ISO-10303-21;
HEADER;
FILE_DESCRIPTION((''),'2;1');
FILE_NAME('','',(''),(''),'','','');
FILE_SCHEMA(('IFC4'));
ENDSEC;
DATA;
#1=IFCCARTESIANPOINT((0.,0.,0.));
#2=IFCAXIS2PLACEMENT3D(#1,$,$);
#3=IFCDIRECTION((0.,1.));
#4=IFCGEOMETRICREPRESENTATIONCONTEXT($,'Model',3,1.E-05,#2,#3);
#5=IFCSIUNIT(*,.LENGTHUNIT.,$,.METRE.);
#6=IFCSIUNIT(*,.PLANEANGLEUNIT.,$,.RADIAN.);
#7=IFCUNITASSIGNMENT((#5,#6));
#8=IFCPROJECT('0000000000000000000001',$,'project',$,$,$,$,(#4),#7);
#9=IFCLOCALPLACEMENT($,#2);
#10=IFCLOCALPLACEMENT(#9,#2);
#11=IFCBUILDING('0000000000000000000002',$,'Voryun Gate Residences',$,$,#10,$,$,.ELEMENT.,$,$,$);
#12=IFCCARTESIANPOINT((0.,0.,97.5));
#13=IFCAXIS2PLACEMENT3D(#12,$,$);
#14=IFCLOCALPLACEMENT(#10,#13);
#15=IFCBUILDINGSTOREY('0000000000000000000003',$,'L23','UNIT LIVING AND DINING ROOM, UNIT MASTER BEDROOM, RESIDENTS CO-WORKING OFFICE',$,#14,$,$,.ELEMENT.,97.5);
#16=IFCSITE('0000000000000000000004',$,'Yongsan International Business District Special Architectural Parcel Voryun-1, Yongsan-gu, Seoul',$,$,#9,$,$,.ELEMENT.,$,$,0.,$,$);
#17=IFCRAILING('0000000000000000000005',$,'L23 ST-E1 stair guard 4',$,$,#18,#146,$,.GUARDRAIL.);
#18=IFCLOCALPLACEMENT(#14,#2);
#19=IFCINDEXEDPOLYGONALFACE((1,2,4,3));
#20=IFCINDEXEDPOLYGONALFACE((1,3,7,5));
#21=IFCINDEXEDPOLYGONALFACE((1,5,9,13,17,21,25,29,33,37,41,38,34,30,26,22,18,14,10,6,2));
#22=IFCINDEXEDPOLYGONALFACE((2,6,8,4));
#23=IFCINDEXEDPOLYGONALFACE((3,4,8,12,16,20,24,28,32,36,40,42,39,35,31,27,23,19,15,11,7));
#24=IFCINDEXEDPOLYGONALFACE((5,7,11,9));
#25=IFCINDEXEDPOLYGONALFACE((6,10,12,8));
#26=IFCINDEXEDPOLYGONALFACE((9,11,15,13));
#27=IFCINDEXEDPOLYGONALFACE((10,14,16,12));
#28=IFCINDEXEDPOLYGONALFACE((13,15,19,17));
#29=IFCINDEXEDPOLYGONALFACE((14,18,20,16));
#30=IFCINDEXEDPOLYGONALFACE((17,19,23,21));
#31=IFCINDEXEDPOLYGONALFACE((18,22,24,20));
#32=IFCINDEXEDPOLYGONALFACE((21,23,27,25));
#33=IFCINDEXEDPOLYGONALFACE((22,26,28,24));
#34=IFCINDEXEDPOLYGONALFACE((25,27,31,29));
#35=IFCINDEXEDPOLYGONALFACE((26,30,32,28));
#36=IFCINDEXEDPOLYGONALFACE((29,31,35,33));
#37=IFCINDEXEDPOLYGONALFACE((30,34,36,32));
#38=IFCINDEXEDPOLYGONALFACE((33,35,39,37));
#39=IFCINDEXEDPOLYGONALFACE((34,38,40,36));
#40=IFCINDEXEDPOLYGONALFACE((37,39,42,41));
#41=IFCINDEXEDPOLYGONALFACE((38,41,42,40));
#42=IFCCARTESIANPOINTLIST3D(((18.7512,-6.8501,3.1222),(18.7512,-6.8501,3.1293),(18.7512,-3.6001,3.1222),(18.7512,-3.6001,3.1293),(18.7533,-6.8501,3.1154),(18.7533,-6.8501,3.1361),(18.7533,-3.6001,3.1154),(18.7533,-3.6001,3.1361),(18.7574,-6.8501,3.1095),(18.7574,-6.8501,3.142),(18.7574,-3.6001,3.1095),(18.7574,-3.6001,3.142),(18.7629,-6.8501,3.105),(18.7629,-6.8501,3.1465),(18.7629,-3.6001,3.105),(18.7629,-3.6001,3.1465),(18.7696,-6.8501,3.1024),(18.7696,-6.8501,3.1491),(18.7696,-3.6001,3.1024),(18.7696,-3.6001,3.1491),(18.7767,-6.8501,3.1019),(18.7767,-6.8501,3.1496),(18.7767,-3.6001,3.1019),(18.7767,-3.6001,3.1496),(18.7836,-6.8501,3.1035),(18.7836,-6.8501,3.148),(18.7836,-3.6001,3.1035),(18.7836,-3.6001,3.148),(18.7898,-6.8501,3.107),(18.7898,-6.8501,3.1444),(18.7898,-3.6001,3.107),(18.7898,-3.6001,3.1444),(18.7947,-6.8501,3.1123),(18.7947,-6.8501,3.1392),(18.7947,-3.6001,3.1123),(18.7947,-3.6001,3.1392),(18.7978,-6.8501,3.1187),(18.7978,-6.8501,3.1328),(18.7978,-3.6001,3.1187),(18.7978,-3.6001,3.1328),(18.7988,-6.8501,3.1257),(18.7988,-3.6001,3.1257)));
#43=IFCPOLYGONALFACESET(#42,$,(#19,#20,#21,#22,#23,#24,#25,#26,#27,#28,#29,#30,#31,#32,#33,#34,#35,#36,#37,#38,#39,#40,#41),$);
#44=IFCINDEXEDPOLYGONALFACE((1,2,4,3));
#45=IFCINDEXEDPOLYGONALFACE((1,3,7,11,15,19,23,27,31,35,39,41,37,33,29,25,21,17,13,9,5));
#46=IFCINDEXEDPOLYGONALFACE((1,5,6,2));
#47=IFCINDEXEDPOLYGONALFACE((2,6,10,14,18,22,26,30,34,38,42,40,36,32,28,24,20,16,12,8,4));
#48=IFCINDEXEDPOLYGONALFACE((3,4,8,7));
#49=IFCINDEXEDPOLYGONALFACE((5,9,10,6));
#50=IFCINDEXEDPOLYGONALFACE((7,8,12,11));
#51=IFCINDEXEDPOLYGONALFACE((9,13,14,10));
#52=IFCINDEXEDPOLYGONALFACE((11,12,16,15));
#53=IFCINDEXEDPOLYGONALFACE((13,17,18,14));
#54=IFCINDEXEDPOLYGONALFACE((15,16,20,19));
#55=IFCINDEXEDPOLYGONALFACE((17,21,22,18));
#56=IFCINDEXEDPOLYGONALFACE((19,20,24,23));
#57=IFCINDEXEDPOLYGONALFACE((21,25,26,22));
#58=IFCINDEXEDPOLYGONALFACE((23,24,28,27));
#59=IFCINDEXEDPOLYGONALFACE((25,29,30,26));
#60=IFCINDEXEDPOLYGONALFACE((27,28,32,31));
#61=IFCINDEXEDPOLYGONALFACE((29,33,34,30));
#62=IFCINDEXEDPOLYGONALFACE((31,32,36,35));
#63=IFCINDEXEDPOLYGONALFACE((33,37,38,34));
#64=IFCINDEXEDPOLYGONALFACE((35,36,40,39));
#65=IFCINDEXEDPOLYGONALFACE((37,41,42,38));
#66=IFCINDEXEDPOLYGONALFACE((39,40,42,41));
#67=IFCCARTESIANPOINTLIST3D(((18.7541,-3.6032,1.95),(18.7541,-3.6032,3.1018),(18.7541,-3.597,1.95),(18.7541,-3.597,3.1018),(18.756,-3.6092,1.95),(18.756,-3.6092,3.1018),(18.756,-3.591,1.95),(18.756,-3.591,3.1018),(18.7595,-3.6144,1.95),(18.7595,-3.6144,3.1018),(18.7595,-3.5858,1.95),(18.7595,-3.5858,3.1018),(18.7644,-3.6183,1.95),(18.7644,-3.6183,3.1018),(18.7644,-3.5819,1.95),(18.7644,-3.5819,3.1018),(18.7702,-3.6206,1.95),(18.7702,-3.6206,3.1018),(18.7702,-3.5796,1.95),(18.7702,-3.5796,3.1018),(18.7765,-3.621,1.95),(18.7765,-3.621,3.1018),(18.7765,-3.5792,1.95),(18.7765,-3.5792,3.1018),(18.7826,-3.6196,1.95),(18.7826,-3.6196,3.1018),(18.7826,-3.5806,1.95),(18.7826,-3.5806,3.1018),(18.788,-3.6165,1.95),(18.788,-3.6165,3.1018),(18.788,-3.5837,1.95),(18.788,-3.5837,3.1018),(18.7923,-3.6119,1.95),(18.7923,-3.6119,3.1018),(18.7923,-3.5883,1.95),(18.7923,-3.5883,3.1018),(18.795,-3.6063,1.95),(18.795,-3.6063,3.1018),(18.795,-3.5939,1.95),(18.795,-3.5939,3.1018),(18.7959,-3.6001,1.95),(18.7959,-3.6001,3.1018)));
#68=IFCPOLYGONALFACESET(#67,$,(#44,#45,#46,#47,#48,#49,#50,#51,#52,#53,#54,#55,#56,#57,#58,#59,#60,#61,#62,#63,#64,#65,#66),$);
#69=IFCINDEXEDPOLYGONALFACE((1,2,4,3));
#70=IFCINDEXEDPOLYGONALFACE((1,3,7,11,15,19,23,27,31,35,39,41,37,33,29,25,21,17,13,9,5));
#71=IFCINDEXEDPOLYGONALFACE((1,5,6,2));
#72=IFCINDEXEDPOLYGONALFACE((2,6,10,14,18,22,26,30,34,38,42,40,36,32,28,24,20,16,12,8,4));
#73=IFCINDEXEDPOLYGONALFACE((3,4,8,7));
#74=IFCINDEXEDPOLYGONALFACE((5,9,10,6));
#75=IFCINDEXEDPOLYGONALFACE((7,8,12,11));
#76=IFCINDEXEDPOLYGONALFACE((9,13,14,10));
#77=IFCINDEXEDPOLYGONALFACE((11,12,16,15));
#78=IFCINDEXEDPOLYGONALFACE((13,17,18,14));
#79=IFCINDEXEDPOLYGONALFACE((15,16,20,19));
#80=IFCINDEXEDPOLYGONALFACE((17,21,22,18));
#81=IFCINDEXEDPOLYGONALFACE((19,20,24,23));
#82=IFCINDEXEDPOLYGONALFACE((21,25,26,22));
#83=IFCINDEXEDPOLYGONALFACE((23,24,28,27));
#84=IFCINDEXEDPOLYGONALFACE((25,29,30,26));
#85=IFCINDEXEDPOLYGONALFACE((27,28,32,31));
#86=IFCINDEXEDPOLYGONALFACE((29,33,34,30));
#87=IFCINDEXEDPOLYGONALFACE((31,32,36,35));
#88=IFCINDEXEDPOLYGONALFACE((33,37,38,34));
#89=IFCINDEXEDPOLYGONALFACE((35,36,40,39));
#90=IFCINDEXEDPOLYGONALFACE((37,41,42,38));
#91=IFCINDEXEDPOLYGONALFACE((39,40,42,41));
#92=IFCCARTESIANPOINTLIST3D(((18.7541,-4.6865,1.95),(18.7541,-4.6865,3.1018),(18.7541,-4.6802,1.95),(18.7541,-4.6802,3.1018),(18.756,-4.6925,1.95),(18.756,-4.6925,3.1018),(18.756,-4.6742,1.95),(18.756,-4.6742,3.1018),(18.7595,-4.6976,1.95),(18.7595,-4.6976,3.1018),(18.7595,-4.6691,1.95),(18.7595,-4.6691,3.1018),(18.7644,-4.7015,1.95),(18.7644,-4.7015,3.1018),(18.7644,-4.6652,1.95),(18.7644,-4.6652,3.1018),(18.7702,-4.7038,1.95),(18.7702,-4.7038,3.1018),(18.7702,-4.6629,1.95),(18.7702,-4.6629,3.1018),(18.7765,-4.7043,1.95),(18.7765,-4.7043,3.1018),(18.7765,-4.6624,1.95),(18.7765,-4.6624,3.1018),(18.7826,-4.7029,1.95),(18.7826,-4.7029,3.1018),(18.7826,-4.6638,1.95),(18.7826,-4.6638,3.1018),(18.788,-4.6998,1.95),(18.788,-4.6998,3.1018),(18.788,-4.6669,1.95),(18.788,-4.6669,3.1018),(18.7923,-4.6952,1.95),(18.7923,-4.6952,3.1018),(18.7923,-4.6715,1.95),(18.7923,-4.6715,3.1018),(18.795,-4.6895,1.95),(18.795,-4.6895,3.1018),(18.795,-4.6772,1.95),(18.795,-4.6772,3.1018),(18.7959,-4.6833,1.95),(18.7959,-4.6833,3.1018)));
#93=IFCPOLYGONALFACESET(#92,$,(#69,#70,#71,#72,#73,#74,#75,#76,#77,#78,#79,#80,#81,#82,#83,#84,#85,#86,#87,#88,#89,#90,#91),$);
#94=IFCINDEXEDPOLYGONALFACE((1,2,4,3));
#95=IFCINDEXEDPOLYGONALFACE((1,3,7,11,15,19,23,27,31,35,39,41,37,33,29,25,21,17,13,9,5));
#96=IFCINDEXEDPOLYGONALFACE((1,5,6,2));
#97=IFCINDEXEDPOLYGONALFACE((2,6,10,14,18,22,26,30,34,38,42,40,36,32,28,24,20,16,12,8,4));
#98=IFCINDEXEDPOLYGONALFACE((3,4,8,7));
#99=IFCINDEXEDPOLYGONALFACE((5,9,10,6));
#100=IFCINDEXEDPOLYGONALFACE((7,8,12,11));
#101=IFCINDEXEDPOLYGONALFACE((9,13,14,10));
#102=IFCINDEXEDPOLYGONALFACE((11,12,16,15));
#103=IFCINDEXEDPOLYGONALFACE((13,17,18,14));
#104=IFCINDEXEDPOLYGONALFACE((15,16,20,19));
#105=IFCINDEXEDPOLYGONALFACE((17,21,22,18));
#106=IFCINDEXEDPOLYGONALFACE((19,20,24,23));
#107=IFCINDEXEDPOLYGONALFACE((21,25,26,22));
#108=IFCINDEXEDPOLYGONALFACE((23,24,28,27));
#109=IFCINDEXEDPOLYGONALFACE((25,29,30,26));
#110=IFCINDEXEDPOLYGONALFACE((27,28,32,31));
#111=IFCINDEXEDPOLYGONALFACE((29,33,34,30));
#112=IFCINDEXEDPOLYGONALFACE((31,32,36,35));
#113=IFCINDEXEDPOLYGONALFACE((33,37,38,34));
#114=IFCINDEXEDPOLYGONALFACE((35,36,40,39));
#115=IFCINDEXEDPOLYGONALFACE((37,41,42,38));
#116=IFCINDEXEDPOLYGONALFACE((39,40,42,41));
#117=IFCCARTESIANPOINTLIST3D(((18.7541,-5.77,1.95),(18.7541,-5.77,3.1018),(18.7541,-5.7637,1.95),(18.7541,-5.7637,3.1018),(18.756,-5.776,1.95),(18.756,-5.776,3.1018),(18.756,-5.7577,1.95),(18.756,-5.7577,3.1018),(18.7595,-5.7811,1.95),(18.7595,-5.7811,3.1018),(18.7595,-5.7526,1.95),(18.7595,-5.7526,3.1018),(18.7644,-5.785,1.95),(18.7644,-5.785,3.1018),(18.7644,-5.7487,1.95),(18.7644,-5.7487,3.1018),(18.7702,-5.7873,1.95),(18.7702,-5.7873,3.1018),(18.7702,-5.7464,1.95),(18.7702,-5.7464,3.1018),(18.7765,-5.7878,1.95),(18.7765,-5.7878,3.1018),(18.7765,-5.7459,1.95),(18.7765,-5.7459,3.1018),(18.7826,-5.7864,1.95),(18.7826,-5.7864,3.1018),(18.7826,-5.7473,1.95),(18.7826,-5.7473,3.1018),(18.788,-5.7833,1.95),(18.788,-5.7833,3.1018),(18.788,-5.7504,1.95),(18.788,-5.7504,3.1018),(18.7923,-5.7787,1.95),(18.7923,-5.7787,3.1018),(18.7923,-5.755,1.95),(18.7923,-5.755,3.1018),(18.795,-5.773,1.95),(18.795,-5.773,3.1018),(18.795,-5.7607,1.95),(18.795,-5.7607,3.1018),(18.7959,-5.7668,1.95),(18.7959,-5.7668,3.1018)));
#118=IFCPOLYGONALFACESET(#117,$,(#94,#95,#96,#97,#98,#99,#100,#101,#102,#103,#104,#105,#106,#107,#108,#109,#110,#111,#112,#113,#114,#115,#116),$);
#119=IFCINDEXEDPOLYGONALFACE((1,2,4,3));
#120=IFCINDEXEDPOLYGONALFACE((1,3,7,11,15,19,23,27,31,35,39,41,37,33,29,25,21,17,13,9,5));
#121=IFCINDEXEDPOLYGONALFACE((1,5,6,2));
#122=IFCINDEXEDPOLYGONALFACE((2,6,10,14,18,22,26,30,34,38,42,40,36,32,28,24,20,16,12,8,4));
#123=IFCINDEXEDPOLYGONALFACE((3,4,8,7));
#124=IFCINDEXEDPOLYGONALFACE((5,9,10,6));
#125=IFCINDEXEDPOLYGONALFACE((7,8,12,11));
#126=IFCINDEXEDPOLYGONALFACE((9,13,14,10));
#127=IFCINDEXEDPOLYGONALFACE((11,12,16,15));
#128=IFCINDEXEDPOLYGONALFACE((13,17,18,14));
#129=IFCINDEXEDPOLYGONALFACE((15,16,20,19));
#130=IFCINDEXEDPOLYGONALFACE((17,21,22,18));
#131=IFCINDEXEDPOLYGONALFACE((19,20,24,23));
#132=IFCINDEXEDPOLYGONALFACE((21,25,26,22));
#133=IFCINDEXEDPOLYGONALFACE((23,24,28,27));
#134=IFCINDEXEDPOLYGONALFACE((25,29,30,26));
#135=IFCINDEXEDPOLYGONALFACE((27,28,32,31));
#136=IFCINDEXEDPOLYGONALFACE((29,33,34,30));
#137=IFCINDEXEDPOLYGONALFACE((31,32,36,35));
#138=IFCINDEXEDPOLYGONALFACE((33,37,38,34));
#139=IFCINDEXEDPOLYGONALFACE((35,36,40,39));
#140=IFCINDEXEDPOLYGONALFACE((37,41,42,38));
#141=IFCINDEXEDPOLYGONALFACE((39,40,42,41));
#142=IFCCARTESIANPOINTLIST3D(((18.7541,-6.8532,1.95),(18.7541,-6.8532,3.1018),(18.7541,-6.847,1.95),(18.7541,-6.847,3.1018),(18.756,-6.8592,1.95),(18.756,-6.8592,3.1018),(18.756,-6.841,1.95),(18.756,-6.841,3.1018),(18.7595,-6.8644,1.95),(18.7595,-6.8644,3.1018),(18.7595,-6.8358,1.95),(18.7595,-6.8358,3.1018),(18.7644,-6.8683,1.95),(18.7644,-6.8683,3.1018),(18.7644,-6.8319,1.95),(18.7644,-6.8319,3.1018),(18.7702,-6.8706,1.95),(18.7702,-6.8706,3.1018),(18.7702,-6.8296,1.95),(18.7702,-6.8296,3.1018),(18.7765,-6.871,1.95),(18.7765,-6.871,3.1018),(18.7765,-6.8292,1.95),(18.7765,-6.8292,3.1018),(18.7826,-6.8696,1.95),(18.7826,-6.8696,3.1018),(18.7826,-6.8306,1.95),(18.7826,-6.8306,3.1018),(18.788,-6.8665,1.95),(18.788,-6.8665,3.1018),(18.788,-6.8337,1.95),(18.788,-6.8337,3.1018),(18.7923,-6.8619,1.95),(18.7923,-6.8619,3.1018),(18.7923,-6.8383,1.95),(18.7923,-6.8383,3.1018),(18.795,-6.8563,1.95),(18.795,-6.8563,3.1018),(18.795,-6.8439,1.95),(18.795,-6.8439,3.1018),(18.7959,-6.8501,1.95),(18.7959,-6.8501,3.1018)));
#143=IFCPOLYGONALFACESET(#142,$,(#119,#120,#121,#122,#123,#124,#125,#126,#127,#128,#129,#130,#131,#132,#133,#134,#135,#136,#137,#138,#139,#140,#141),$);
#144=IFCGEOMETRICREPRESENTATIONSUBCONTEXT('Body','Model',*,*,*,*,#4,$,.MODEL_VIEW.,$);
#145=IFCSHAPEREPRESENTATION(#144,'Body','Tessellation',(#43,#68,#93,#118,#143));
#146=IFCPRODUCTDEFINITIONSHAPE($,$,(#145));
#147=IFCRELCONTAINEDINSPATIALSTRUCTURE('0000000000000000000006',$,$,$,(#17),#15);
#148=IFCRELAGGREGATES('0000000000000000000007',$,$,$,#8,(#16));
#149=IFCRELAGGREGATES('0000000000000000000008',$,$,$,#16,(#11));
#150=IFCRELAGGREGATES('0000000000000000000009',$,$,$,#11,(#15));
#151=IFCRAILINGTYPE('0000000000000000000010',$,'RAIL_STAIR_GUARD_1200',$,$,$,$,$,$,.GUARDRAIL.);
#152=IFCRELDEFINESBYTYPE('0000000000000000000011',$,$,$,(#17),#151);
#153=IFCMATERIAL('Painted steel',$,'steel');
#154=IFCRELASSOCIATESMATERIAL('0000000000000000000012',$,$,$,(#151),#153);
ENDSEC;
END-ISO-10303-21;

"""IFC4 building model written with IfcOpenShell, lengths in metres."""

from ifc_helpers import new_model, si_unit, direction, frame, origin, origin_2d, place, context, subcontext, project, spatial, circle, extrude, material, type_object, element, save


model = new_model("IFC4")

# Units and contexts
model_context = context("Model", 3, precision=1e-05, world=origin(), true_north=direction((0.0, 1.0)))
body_context = subcontext(model_context, "Body", "Model", "MODEL_VIEW")
ifc_project = project(units=[si_unit("LENGTHUNIT", "METRE"), si_unit("PLANEANGLEUNIT", "RADIAN")], contexts=[model_context])

# Site, building, storey
site_placement = place(None, origin())
site = spatial("IfcSite", under=ifc_project, at=site_placement, Name="Yongsan International Business District Special Architectural Parcel Voryun-1, Yongsan-gu, Seoul", CompositionType="ELEMENT", RefElevation=0.0)
building_placement = place(site_placement, origin())
building = spatial("IfcBuilding", under=site, at=building_placement, Name="Voryun Gate Residences", CompositionType="ELEMENT")
storey_placement = place(building_placement, frame((0.0, 0.0, 97.5)))
storey = spatial("IfcBuildingStorey", under=building, at=storey_placement, Name="L23", Description="UNIT LIVING AND DINING ROOM, UNIT MASTER BEDROOM, RESIDENTS CO-WORKING OFFICE", CompositionType="ELEMENT", Elevation=97.5)

# Railing
ifc_material_1 = material(Name="Painted steel", Category="steel")
railing_type_1 = type_object("IfcRailingType", Name="RAIL_STAIR_GUARD_1200", PredefinedType="GUARDRAIL", material=ifc_material_1)
railing_1_placement = place(storey_placement, frame((18.7749, -3.6001, 1.95)))
element("IfcRailing", 1, at=railing_1_placement, inside=storey, type_object=railing_type_1, Name="L23 ST-E1 stair guard 4", PredefinedType="GUARDRAIL", context=body_context, shape_type="SweptSolid", body=[
    extrude(circle(Radius=0.0239, at=origin_2d()), frame((0.0, 0.0, 1.1758), z_axis=(0.0, -1.0, 0.0), x_axis=(1.0, 0.0, 0.0)), (0.0, 0.0, 1.0), 3.25),
    extrude(circle(Radius=0.021, at=origin_2d()), origin(), (0.0, 0.0, 1.0), 1.1519),
    extrude(circle(Radius=0.021, at=origin_2d()), frame((0.0, -1.0833, 0.0)), (0.0, 0.0, 1.0), 1.1519),
    extrude(circle(Radius=0.021, at=origin_2d()), frame((0.0, -2.1667, 0.0)), (0.0, 0.0, 1.0), 1.1519),
    extrude(circle(Radius=0.021, at=origin_2d()), frame((0.0, -3.25, 0.0)), (0.0, 0.0, 1.0), 1.1519),
])

save(model, "model.ifc")
